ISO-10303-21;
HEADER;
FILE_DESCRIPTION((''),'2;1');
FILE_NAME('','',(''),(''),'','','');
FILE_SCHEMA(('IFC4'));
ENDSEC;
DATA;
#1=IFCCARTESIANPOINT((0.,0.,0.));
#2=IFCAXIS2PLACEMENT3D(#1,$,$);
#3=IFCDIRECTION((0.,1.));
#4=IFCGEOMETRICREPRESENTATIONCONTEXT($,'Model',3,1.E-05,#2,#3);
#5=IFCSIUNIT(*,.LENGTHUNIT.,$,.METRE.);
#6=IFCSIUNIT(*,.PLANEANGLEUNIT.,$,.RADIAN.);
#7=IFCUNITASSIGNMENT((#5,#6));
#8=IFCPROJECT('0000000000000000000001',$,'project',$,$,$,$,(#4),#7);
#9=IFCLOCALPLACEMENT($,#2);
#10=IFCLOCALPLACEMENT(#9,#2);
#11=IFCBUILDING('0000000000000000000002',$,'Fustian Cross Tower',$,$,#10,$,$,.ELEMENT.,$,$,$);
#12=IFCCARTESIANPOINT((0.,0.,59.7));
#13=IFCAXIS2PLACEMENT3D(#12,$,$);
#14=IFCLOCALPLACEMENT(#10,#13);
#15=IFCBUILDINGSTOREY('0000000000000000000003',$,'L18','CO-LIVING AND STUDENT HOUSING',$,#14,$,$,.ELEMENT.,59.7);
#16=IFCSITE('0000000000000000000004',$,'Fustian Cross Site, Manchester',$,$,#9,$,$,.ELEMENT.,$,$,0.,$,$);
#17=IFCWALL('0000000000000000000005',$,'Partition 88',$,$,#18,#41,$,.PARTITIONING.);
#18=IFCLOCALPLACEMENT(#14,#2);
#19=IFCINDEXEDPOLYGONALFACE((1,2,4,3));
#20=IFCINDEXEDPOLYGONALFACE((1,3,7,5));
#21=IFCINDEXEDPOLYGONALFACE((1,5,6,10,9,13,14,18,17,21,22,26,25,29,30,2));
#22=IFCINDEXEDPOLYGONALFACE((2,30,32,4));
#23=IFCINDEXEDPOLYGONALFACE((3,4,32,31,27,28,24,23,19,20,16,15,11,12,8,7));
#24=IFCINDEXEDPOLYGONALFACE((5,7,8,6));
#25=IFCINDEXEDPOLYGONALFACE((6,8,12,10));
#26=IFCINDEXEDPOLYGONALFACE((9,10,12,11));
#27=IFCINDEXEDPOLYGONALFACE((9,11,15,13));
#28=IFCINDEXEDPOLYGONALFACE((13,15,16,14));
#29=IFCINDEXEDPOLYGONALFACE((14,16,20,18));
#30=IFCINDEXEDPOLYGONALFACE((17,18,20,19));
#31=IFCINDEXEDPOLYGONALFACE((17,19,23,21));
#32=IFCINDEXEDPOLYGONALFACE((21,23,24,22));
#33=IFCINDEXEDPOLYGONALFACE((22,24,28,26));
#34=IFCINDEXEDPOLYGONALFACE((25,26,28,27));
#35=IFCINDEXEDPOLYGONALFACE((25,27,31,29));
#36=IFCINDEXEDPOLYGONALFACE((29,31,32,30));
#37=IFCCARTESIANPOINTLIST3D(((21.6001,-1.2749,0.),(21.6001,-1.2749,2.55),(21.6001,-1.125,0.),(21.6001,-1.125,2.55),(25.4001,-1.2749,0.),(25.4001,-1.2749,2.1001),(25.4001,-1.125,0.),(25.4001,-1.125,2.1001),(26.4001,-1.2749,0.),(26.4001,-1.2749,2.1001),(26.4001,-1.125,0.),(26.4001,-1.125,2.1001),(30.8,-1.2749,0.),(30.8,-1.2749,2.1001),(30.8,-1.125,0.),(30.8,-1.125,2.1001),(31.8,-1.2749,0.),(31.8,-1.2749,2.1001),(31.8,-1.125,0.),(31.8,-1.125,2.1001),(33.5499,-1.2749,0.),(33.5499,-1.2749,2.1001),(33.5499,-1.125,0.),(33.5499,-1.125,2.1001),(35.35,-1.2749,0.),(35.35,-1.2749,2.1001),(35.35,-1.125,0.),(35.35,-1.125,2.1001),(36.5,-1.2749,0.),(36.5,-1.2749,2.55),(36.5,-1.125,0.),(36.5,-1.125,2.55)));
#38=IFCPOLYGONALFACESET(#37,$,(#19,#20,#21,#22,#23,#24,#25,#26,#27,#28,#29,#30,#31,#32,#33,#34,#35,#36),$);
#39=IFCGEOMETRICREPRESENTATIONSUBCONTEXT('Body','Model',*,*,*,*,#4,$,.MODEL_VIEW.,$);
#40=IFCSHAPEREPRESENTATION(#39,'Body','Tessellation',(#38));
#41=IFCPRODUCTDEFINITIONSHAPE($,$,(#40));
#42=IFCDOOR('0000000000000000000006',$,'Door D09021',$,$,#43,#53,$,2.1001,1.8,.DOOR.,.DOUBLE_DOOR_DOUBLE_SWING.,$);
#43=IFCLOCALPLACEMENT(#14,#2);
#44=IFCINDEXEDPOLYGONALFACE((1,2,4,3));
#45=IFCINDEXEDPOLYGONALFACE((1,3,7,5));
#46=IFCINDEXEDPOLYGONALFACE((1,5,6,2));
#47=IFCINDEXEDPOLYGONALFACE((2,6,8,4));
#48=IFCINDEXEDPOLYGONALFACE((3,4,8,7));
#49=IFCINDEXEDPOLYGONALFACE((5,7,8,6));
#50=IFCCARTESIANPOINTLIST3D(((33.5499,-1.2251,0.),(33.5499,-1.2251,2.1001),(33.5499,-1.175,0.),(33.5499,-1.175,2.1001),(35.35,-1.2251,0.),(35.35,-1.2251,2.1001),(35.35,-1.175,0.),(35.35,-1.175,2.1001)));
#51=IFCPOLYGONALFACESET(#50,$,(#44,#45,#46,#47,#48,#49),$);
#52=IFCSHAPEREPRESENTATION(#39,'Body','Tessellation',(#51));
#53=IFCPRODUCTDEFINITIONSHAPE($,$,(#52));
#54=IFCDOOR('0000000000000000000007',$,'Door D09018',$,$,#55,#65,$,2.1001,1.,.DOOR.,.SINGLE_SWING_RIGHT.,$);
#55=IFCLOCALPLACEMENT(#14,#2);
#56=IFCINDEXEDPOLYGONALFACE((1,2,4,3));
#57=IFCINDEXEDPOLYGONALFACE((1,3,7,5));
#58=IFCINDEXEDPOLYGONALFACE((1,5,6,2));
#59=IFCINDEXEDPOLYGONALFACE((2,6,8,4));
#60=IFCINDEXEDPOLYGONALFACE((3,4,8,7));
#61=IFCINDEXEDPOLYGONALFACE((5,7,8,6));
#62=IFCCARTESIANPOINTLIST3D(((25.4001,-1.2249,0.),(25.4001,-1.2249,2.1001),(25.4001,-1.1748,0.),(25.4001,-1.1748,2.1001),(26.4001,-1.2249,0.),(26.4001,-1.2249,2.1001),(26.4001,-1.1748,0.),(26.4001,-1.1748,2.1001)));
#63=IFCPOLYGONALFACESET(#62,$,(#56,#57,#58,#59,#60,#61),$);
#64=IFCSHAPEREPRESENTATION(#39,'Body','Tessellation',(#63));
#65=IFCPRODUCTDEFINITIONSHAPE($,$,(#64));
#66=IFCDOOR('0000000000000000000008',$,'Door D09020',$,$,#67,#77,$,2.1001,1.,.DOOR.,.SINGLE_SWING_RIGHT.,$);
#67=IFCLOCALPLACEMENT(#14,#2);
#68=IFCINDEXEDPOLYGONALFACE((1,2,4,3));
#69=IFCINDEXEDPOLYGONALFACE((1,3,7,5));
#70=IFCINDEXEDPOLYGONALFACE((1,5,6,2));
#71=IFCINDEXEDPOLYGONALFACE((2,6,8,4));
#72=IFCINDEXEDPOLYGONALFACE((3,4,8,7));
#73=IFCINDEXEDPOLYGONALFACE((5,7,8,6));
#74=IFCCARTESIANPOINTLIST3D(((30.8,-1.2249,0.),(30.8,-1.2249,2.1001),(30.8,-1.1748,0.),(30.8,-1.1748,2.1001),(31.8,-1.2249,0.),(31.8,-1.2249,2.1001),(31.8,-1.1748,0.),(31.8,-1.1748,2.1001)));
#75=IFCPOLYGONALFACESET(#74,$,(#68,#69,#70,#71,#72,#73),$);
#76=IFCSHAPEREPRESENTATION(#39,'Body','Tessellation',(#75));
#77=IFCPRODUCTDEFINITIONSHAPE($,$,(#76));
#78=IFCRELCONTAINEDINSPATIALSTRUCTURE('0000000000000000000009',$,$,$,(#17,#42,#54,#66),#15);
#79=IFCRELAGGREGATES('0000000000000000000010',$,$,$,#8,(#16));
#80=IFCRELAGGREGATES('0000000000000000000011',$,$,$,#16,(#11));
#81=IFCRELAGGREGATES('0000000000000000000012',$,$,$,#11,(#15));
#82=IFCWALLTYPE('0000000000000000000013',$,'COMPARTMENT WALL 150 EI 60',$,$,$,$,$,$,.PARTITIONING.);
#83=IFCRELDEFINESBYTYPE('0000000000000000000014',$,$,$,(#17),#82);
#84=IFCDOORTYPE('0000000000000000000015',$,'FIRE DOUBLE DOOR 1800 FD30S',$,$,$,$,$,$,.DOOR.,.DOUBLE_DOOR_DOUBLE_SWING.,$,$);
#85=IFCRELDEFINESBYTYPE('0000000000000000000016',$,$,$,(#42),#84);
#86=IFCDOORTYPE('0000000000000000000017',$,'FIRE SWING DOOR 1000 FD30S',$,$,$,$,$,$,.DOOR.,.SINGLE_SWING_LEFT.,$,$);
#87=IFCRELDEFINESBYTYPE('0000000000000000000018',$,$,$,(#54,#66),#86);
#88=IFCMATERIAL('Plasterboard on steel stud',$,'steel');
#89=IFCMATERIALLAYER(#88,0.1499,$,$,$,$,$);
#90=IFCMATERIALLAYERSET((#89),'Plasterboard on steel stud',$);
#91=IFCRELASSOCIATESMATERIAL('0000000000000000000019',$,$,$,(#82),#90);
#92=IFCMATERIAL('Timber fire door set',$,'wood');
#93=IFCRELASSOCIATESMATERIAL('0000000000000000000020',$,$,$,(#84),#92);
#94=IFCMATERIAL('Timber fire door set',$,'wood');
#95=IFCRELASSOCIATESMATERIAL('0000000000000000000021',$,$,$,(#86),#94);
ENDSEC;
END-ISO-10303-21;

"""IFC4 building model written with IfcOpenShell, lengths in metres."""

from ifc_helpers import new_model, si_unit, direction, frame, frame_2d, origin, place, context, subcontext, project, spatial, rectangle, extrude, material, layer, layer_set, type_object, element, fill, save


model = new_model("IFC4")

# Units and contexts
model_context = context("Model", 3, precision=1e-05, world=origin(), true_north=direction((0.0, 1.0)))
body_context = subcontext(model_context, "Body", "Model", "MODEL_VIEW")
ifc_project = project(units=[si_unit("LENGTHUNIT", "METRE"), si_unit("PLANEANGLEUNIT", "RADIAN")], contexts=[model_context])

# Site, building, storey
site_placement = place(None, origin())
site = spatial("IfcSite", under=ifc_project, at=site_placement, Name="Fustian Cross Site, Manchester", CompositionType="ELEMENT", RefElevation=0.0)
building_placement = place(site_placement, origin())
building = spatial("IfcBuilding", under=site, at=building_placement, Name="Fustian Cross Tower", CompositionType="ELEMENT")
storey_placement = place(building_placement, frame((0.0, 0.0, 59.7)))
storey = spatial("IfcBuildingStorey", under=building, at=storey_placement, Name="L18", Description="CO-LIVING AND STUDENT HOUSING", CompositionType="ELEMENT", Elevation=59.7)

# Wall, openings, doors
ifc_material_1 = material(Name="Plasterboard on steel stud", Category="steel")
ifc_layer_1 = layer(ifc_material_1, 0.1499)
ifc_layer_set_1 = layer_set([ifc_layer_1], Name="Plasterboard on steel stud")
wall_type_1 = type_object("IfcWallType", Name="COMPARTMENT WALL 150 EI 60", PredefinedType="PARTITIONING", material=ifc_layer_set_1)
wall_1_placement = place(storey_placement, frame((21.6001, -1.2, 0.0), z_axis=(0.0, 0.0, 1.0), x_axis=(1.0, 0.0, 0.0)))
wall_1 = element("IfcWall", 1, at=wall_1_placement, inside=storey, type_object=wall_type_1, Name="Partition 88", PredefinedType="PARTITIONING", context=body_context, shape_type="SweptSolid", body=[
    extrude(rectangle(XDim=14.8999, YDim=0.1499, at=frame_2d((7.45, 0.0))), origin(), (0.0, 0.0, 1.0), 2.55),
])
opening_1_placement = place(wall_1_placement, frame((3.8, 0.0, 0.0)))
opening_1 = element("IfcOpeningElement", 2, at=opening_1_placement, cuts=wall_1, PredefinedType="OPENING", context=body_context, shape_type="SweptSolid", body=[
    extrude(rectangle(XDim=1.0, YDim=2.1001, at=frame_2d((0.5, 1.05))), frame((0.0, 0.085, 0.0), z_axis=(0.0, -1.0, 0.0), x_axis=(1.0, 0.0, 0.0)), (0.0, 0.0, 1.0), 0.1699),
])
opening_2_placement = place(wall_1_placement, frame((9.2, 0.0, 0.0)))
opening_2 = element("IfcOpeningElement", 3, at=opening_2_placement, cuts=wall_1, PredefinedType="OPENING", context=body_context, shape_type="SweptSolid", body=[
    extrude(rectangle(XDim=1.0, YDim=2.1001, at=frame_2d((0.5, 1.05))), frame((0.0, 0.085, 0.0), z_axis=(0.0, -1.0, 0.0), x_axis=(1.0, 0.0, 0.0)), (0.0, 0.0, 1.0), 0.1699),
])
opening_3_placement = place(wall_1_placement, frame((11.95, 0.0, 0.0)))
opening_3 = element("IfcOpeningElement", 4, at=opening_3_placement, cuts=wall_1, PredefinedType="OPENING", context=body_context, shape_type="SweptSolid", body=[
    extrude(rectangle(XDim=1.8, YDim=2.1001, at=frame_2d((0.8999, 1.05))), frame((0.0, 0.085, 0.0), z_axis=(0.0, -1.0, 0.0), x_axis=(1.0, 0.0, 0.0)), (0.0, 0.0, 1.0), 0.1699),
])
ifc_material_2 = material(Name="Timber fire door set", Category="wood")
door_type_1 = type_object("IfcDoorType", Name="FIRE DOUBLE DOOR 1800 FD30S", OperationType="DOUBLE_DOOR_DOUBLE_SWING", PredefinedType="DOOR", material=ifc_material_2)
door_1_placement = place(opening_3_placement, origin())
door_1 = element("IfcDoor", 5, at=door_1_placement, inside=storey, type_object=door_type_1, Name="Door D09021", OperationType="DOUBLE_DOOR_DOUBLE_SWING", OverallHeight=2.1001, OverallWidth=1.8, PredefinedType="DOOR", context=body_context, shape_type="SweptSolid", body=[
    extrude(rectangle(XDim=1.8, YDim=2.1001, at=frame_2d((0.8999, 1.05))), frame((0.0, 0.0249, 0.0), z_axis=(0.0, -1.0, 0.0), x_axis=(1.0, 0.0, 0.0)), (0.0, 0.0, 1.0), 0.05),
])
fill(opening_3, door_1)
ifc_material_3 = material(Name="Timber fire door set", Category="wood")
door_type_2 = type_object("IfcDoorType", Name="FIRE SWING DOOR 1000 FD30S", OperationType="SINGLE_SWING_LEFT", PredefinedType="DOOR", material=ifc_material_3)
door_2_placement = place(opening_1_placement, frame((1.0, 0.0, 0.0), z_axis=(0.0, 0.0, 1.0), x_axis=(-1.0, 0.0, 0.0)))
door_2 = element("IfcDoor", 6, at=door_2_placement, inside=storey, type_object=door_type_2, Name="Door D09018", OperationType="SINGLE_SWING_RIGHT", OverallHeight=2.1001, OverallWidth=1.0, PredefinedType="DOOR", context=body_context, shape_type="SweptSolid", body=[
    extrude(rectangle(XDim=1.0, YDim=2.1001, at=frame_2d((0.5, 1.05))), frame((0.0, 0.0249, 0.0), z_axis=(0.0, -1.0, 0.0), x_axis=(1.0, 0.0, 0.0)), (0.0, 0.0, 1.0), 0.05),
])
fill(opening_1, door_2)
door_3_placement = place(opening_2_placement, frame((1.0, 0.0, 0.0), z_axis=(0.0, 0.0, 1.0), x_axis=(-1.0, 0.0, 0.0)))
door_3 = element("IfcDoor", 7, at=door_3_placement, inside=storey, type_object=door_type_2, Name="Door D09020", OperationType="SINGLE_SWING_RIGHT", OverallHeight=2.1001, OverallWidth=1.0, PredefinedType="DOOR", context=body_context, shape_type="SweptSolid", body=[
    extrude(rectangle(XDim=1.0, YDim=2.1001, at=frame_2d((0.5, 1.05))), frame((0.0, 0.0249, 0.0), z_axis=(0.0, -1.0, 0.0), x_axis=(1.0, 0.0, 0.0)), (0.0, 0.0, 1.0), 0.05),
])
fill(opening_2, door_3)

save(model, "model.ifc")
